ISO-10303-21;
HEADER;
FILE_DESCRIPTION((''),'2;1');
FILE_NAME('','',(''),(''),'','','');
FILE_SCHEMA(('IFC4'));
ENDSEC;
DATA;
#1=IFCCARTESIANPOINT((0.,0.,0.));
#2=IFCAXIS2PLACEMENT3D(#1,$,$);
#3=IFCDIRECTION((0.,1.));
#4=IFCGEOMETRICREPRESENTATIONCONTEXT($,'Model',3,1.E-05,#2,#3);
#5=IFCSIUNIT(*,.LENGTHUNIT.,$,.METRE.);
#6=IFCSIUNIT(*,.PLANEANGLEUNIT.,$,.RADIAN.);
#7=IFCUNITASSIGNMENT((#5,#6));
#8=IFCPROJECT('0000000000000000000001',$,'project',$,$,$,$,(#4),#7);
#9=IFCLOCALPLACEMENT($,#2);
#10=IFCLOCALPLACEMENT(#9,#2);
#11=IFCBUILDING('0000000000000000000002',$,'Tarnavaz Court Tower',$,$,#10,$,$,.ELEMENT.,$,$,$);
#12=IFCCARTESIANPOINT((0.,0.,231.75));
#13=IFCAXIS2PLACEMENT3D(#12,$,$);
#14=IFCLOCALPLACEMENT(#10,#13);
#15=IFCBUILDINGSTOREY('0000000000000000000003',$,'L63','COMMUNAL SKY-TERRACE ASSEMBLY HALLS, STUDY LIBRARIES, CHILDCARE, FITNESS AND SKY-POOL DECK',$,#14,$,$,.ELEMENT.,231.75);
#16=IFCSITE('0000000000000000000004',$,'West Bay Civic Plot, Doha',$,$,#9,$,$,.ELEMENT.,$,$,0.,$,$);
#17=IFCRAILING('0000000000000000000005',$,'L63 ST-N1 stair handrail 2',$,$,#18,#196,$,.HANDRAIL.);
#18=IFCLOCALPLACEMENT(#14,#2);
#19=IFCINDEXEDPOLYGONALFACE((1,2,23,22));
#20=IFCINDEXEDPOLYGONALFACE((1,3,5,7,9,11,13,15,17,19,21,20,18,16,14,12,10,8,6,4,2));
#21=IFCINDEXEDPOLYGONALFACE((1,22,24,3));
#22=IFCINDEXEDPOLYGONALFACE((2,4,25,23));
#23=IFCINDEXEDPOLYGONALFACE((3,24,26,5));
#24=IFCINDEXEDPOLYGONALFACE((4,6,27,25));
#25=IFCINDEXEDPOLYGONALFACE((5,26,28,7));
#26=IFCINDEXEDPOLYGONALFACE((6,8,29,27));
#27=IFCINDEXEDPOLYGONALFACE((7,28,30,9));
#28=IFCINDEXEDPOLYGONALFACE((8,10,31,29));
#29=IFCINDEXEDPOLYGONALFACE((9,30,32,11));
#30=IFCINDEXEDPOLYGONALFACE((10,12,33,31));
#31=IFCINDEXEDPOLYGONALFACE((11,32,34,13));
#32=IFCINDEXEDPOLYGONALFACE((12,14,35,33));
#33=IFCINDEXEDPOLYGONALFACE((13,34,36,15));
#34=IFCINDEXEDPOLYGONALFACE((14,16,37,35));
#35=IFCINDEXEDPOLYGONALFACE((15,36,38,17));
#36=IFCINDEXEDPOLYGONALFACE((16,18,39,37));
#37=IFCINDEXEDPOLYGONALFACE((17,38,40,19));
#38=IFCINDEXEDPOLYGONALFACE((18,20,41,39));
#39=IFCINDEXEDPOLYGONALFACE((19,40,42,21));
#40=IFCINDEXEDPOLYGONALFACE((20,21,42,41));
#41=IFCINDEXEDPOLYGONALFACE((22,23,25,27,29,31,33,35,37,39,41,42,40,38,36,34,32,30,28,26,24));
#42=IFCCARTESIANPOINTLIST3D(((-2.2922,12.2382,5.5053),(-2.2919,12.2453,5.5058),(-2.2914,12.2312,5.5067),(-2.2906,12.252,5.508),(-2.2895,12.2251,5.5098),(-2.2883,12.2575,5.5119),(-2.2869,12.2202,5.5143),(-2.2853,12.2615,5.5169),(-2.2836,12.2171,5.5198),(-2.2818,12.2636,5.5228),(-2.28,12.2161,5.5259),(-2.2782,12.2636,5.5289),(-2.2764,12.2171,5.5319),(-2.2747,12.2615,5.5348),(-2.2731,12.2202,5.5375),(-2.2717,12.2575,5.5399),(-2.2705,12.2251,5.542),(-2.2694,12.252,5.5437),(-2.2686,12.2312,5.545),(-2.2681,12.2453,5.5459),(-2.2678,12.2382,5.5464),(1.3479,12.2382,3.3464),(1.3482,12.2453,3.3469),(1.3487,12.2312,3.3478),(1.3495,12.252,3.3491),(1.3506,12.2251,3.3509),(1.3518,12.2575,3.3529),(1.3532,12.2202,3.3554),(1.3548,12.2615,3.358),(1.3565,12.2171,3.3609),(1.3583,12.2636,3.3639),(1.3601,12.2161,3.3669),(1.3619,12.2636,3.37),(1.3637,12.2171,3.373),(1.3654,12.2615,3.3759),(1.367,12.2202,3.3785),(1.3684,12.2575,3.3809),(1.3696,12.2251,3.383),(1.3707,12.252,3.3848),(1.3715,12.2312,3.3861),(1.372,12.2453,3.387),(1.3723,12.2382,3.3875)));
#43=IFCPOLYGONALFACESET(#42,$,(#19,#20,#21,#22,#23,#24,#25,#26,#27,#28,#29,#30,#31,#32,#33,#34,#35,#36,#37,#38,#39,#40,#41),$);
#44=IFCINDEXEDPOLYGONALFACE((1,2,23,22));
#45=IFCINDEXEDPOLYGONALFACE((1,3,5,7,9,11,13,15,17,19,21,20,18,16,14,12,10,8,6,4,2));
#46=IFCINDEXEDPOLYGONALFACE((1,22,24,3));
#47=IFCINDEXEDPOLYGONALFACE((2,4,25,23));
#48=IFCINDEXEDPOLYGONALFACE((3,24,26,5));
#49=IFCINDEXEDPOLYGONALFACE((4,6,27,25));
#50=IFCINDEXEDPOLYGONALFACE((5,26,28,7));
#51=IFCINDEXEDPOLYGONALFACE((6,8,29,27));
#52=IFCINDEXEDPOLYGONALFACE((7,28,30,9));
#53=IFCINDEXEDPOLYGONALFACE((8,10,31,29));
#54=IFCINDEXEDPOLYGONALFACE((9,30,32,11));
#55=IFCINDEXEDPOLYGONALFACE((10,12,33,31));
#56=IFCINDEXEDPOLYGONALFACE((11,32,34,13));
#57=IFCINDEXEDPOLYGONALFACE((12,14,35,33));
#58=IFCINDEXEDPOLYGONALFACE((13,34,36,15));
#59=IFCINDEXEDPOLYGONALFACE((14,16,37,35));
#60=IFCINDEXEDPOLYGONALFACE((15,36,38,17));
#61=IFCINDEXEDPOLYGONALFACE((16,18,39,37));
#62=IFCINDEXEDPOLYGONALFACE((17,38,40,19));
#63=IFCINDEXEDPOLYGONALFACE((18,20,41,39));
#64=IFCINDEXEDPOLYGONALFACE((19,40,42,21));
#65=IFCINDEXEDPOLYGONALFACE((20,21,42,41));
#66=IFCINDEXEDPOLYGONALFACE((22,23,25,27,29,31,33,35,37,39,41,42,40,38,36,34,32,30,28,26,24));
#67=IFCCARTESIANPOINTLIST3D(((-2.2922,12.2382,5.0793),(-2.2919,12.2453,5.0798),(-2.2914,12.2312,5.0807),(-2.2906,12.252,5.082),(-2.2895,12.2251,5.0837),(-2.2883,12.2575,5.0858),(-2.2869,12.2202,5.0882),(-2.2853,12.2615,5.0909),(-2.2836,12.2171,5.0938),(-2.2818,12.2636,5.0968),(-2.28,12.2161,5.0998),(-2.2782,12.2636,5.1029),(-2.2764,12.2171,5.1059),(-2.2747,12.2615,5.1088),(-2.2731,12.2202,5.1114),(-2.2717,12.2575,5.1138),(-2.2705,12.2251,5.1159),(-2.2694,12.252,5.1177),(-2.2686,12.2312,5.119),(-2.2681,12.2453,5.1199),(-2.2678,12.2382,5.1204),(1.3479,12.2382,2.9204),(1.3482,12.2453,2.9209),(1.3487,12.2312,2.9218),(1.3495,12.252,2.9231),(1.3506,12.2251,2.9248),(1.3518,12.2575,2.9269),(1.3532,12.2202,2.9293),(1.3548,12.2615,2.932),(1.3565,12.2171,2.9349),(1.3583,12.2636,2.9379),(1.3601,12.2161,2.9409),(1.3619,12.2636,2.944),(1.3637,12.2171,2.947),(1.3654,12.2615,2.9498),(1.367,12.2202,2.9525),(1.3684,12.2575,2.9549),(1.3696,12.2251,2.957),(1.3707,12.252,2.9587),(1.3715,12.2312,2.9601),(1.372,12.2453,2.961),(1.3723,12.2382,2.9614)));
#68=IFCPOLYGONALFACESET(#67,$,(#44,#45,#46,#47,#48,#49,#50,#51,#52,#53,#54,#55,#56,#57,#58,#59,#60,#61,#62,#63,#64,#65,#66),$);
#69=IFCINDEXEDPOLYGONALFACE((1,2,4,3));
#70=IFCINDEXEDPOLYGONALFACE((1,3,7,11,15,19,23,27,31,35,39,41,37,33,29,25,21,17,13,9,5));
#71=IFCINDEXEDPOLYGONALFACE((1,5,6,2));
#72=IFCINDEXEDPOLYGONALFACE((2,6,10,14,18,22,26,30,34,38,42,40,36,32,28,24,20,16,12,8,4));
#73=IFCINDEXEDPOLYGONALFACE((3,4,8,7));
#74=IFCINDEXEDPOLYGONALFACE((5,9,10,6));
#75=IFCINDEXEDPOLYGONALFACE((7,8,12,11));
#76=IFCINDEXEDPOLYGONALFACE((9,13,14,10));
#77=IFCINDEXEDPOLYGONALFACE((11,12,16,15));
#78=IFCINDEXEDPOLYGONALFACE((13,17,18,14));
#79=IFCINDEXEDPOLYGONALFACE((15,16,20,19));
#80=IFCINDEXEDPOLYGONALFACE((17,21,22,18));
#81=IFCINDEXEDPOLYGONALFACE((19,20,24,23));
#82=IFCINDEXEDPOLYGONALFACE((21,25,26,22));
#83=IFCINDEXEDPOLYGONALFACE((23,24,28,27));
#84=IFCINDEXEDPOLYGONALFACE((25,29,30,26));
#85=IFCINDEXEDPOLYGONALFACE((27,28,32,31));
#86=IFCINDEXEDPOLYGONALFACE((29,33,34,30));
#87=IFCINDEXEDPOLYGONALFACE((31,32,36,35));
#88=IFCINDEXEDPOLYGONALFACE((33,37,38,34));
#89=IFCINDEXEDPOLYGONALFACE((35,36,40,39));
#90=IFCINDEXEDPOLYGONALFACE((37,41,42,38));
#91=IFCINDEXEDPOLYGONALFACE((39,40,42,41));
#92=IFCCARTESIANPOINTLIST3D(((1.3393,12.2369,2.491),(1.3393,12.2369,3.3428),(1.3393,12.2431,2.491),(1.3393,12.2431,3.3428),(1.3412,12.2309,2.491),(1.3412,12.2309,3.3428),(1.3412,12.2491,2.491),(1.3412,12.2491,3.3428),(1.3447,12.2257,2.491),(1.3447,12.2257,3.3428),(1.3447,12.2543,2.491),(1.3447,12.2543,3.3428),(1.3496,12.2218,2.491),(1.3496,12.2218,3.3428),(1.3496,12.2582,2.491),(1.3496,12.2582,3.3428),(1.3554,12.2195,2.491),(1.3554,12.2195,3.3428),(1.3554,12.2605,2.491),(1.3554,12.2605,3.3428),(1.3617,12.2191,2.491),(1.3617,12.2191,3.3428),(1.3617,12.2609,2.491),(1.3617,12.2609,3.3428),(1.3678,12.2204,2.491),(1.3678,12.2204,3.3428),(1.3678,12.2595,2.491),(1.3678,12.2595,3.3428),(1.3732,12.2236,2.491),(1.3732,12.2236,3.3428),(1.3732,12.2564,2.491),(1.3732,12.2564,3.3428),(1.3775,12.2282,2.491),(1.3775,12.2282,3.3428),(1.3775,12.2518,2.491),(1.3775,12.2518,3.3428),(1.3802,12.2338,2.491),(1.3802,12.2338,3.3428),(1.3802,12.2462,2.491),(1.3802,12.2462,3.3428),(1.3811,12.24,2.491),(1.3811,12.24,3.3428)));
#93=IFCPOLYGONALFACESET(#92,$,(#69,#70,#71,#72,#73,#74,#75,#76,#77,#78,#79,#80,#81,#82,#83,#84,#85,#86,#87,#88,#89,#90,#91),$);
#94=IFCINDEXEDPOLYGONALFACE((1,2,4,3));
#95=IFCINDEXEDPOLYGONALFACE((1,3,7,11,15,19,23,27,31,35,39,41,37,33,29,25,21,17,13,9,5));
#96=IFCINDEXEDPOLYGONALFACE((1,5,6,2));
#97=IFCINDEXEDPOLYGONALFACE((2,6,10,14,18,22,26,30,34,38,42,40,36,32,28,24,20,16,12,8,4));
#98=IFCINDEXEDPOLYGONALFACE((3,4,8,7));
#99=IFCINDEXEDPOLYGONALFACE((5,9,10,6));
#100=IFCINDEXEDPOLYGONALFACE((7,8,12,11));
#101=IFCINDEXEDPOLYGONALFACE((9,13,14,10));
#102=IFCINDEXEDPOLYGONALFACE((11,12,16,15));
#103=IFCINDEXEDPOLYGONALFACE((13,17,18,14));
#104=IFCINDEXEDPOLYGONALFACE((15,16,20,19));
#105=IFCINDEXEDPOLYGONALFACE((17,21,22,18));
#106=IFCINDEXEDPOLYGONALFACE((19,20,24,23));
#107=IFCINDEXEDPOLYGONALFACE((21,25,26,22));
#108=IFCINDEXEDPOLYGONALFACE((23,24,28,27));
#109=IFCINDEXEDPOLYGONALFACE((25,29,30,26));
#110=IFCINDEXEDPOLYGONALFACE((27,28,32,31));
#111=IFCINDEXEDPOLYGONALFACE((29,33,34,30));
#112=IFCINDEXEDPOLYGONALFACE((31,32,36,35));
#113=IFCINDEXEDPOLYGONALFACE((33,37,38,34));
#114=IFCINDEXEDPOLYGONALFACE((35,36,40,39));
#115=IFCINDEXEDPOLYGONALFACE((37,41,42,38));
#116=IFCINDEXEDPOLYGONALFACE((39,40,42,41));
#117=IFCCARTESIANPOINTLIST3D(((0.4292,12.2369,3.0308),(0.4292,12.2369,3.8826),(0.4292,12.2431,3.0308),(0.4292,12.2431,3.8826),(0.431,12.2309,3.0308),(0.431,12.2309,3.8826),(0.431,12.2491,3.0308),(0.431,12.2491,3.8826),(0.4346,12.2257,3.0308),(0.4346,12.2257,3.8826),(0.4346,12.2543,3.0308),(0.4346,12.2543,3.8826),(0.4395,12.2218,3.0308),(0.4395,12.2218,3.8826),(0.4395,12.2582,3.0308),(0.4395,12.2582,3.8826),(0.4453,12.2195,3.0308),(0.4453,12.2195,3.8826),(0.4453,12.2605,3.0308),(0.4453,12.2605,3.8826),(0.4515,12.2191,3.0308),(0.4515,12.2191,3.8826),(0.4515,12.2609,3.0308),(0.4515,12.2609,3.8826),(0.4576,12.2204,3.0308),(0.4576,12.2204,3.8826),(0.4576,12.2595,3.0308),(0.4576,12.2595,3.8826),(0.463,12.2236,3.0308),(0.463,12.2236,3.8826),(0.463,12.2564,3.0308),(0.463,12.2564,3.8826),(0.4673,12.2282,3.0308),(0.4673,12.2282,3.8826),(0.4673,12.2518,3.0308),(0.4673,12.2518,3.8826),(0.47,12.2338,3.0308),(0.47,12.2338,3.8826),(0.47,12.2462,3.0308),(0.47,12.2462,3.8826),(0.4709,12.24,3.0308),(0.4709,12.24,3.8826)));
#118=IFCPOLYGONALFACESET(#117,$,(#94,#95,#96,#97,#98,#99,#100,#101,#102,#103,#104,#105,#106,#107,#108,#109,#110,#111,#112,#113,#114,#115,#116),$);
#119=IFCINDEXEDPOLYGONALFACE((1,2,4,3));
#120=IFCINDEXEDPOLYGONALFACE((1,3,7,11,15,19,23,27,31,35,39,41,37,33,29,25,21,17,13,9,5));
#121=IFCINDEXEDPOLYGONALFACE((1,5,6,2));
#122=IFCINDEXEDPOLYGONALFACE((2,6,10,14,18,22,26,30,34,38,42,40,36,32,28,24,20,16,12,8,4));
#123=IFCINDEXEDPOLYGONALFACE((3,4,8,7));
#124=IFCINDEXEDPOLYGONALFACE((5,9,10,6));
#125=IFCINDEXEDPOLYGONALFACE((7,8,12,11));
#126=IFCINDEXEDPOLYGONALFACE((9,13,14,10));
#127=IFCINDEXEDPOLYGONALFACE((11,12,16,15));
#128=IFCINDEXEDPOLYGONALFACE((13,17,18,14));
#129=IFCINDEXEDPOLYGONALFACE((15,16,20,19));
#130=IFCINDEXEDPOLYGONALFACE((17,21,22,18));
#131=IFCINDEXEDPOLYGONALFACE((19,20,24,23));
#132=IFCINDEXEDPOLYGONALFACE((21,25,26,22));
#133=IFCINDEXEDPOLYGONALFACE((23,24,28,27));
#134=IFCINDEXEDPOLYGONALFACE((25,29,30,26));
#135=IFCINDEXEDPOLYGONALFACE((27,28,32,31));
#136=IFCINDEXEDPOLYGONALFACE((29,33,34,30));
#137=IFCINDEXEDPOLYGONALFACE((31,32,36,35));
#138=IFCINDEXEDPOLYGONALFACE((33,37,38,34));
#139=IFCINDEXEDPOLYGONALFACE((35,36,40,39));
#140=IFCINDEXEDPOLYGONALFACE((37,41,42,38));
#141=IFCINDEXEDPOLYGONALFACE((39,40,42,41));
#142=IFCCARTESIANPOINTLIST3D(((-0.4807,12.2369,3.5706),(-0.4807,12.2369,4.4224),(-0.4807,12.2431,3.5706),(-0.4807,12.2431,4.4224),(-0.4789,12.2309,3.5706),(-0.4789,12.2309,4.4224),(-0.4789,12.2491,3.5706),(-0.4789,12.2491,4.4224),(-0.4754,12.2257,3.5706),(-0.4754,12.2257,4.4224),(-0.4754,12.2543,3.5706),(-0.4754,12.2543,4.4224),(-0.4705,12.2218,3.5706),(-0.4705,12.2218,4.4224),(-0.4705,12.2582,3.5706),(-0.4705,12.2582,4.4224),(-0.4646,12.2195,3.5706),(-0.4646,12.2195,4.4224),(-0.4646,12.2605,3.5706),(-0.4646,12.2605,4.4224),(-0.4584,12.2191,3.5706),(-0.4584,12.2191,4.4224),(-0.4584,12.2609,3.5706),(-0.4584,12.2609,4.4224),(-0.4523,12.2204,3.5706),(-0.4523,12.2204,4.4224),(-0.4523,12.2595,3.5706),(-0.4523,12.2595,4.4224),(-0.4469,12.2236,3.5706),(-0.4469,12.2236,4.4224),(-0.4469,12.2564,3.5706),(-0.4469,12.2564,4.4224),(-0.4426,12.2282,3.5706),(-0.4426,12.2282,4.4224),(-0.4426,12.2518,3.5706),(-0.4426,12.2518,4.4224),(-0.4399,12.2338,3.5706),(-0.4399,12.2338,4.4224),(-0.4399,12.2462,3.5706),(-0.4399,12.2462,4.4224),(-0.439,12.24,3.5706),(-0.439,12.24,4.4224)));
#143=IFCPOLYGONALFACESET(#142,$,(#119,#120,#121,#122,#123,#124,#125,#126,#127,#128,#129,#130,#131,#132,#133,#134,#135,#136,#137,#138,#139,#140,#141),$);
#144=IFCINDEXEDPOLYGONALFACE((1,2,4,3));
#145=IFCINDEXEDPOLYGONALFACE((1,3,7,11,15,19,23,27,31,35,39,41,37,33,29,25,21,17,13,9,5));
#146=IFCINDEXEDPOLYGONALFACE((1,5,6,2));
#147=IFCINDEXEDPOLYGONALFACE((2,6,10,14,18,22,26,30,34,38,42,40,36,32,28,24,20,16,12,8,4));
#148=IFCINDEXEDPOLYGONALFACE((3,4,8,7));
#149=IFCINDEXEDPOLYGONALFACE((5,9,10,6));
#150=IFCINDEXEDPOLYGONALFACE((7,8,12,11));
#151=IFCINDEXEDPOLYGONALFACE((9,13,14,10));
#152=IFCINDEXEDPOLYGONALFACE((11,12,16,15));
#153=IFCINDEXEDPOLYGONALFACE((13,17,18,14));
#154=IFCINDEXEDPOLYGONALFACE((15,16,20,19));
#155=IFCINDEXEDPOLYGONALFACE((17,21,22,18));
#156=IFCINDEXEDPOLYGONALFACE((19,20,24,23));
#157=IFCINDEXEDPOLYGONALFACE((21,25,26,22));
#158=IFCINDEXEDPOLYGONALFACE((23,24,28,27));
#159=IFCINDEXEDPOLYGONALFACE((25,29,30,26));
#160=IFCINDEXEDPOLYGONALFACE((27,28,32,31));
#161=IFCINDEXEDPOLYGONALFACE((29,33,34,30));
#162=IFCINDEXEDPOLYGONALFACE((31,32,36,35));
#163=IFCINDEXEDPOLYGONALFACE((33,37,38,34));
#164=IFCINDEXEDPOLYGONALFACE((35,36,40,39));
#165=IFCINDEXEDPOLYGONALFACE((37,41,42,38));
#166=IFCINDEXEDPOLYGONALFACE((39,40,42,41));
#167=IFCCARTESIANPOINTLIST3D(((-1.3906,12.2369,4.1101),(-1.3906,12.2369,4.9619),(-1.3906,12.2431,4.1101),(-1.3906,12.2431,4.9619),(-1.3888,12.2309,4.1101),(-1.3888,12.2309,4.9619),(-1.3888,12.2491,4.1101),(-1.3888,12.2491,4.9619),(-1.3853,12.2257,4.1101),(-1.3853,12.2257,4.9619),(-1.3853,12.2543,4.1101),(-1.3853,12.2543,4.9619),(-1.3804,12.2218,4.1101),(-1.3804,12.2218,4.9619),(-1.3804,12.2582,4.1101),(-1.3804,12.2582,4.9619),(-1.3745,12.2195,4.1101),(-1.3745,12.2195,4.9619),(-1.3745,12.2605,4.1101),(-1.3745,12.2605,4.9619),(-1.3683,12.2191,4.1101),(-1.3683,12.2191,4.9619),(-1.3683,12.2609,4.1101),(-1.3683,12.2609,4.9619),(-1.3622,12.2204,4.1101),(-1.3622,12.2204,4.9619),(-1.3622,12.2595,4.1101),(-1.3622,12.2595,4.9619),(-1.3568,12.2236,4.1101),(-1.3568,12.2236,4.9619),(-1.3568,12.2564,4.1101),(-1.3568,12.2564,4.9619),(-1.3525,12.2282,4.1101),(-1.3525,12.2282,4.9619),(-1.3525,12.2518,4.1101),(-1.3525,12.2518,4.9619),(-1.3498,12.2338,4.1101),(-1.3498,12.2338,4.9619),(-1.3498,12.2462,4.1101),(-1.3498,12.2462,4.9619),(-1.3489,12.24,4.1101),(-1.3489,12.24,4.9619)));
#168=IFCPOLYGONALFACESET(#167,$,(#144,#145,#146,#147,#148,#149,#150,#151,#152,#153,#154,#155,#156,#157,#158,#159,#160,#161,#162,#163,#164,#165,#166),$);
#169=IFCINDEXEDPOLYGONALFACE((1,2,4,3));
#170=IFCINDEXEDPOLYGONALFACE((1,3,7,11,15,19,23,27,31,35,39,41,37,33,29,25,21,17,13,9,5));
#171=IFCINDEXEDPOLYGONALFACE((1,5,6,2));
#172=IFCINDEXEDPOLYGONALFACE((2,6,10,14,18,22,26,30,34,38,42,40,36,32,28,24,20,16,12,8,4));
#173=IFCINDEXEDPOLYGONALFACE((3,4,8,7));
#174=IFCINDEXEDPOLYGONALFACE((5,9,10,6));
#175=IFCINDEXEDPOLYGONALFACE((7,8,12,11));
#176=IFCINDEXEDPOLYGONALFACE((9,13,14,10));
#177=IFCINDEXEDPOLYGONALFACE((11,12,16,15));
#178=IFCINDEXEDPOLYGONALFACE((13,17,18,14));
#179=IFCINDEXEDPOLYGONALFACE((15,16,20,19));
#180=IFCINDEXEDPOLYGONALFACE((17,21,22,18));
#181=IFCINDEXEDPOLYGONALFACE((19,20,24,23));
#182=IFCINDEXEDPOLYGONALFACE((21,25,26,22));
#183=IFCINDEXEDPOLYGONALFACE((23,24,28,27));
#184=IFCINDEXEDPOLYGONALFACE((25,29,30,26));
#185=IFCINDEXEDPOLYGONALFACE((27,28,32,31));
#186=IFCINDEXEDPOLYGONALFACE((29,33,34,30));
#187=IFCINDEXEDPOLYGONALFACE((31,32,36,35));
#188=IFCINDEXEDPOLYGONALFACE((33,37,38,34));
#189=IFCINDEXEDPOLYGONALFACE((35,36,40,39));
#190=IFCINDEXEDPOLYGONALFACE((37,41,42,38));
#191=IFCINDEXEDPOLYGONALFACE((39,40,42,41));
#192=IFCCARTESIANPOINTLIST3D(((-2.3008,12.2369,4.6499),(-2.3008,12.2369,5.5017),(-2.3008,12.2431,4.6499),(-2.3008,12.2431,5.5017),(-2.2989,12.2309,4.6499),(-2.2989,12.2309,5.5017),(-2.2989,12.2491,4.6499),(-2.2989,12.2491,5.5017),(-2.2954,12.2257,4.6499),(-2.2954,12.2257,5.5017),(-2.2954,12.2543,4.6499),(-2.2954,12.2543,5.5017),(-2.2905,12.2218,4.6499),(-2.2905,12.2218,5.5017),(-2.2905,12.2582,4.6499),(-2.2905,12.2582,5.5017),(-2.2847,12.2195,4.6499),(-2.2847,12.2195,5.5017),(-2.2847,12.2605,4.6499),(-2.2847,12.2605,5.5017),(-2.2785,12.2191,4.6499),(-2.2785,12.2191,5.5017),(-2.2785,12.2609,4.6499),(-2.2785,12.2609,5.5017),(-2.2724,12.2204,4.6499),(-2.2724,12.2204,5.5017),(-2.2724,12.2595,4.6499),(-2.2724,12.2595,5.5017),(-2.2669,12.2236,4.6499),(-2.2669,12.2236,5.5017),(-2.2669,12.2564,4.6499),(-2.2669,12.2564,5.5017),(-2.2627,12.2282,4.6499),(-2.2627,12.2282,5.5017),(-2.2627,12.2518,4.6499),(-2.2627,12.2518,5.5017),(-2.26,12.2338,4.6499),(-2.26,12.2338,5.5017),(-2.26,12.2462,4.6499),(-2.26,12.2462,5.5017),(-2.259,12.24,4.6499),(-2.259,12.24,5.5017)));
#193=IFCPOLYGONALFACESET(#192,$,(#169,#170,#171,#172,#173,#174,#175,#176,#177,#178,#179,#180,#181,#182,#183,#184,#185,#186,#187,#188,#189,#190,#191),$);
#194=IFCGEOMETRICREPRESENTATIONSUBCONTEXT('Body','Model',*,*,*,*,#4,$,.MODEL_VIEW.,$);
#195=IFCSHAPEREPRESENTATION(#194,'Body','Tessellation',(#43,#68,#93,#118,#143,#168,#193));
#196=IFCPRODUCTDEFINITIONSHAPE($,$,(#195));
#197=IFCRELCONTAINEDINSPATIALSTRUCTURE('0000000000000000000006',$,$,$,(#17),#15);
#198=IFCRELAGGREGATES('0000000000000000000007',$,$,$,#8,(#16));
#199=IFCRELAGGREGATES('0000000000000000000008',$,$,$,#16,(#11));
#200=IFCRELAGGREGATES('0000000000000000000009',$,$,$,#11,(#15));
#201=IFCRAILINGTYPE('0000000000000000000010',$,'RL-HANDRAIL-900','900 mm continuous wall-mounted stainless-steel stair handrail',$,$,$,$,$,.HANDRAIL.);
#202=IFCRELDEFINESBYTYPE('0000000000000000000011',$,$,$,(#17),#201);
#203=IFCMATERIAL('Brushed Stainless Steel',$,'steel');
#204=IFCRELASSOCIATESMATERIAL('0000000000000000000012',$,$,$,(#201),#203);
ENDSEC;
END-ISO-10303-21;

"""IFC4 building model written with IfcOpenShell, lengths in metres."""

from ifc_helpers import new_model, si_unit, direction, frame, origin, origin_2d, place, context, subcontext, project, spatial, circle, extrude, material, type_object, element, save


model = new_model("IFC4")

# Units and contexts
model_context = context("Model", 3, precision=1e-05, world=origin(), true_north=direction((0.0, 1.0)))
body_context = subcontext(model_context, "Body", "Model", "MODEL_VIEW")
ifc_project = project(units=[si_unit("LENGTHUNIT", "METRE"), si_unit("PLANEANGLEUNIT", "RADIAN")], contexts=[model_context])

# Site, building, storey
site_placement = place(None, origin())
site = spatial("IfcSite", under=ifc_project, at=site_placement, Name="West Bay Civic Plot, Doha", CompositionType="ELEMENT", RefElevation=0.0)
building_placement = place(site_placement, origin())
building = spatial("IfcBuilding", under=site, at=building_placement, Name="Tarnavaz Court Tower", CompositionType="ELEMENT")
storey_placement = place(building_placement, frame((0.0, 0.0, 231.75)))
storey = spatial("IfcBuildingStorey", under=building, at=storey_placement, Name="L63", Description="COMMUNAL SKY-TERRACE ASSEMBLY HALLS, STUDY LIBRARIES, CHILDCARE, FITNESS AND SKY-POOL DECK", CompositionType="ELEMENT", Elevation=231.75)

# Railing
ifc_material_1 = material(Name="Brushed Stainless Steel", Category="steel")
railing_type_1 = type_object("IfcRailingType", Name="RL-HANDRAIL-900", Description="900 mm continuous wall-mounted stainless-steel stair handrail", PredefinedType="HANDRAIL", material=ifc_material_1)
railing_1_placement = place(storey_placement, frame((1.3601, 12.24, 2.491)))
element("IfcRailing", 1, at=railing_1_placement, inside=storey, type_object=railing_type_1, Name="L63 ST-N1 stair handrail 2", PredefinedType="HANDRAIL", context=body_context, shape_type="SweptSolid", body=[
    extrude(circle(Radius=0.0239, at=origin_2d()), frame((0.0, 0.0, 0.876), z_axis=(-0.860103, 0.0, 0.51012), x_axis=(0.0, -1.0, 0.0)), (0.0, 0.0, 1.0), 4.2322),
    extrude(circle(Radius=0.0239, at=origin_2d()), frame((0.0, 0.0, 0.45), z_axis=(-0.860103, 0.0, 0.51012), x_axis=(0.0, -1.0, 0.0)), (0.0, 0.0, 1.0), 4.2322),
    extrude(circle(Radius=0.021, at=origin_2d()), origin(), (0.0, 0.0, 1.0), 0.8518),
    extrude(circle(Radius=0.021, at=origin_2d()), frame((-0.9102, 0.0, 0.5398)), (0.0, 0.0, 1.0), 0.8518),
    extrude(circle(Radius=0.021, at=origin_2d()), frame((-1.8201, 0.0, 1.0796)), (0.0, 0.0, 1.0), 0.8518),
    extrude(circle(Radius=0.021, at=origin_2d()), frame((-2.73, 0.0, 1.6191)), (0.0, 0.0, 1.0), 0.8518),
    extrude(circle(Radius=0.021, at=origin_2d()), frame((-3.6401, 0.0, 2.1589)), (0.0, 0.0, 1.0), 0.8518),
])

save(model, "model.ifc")
